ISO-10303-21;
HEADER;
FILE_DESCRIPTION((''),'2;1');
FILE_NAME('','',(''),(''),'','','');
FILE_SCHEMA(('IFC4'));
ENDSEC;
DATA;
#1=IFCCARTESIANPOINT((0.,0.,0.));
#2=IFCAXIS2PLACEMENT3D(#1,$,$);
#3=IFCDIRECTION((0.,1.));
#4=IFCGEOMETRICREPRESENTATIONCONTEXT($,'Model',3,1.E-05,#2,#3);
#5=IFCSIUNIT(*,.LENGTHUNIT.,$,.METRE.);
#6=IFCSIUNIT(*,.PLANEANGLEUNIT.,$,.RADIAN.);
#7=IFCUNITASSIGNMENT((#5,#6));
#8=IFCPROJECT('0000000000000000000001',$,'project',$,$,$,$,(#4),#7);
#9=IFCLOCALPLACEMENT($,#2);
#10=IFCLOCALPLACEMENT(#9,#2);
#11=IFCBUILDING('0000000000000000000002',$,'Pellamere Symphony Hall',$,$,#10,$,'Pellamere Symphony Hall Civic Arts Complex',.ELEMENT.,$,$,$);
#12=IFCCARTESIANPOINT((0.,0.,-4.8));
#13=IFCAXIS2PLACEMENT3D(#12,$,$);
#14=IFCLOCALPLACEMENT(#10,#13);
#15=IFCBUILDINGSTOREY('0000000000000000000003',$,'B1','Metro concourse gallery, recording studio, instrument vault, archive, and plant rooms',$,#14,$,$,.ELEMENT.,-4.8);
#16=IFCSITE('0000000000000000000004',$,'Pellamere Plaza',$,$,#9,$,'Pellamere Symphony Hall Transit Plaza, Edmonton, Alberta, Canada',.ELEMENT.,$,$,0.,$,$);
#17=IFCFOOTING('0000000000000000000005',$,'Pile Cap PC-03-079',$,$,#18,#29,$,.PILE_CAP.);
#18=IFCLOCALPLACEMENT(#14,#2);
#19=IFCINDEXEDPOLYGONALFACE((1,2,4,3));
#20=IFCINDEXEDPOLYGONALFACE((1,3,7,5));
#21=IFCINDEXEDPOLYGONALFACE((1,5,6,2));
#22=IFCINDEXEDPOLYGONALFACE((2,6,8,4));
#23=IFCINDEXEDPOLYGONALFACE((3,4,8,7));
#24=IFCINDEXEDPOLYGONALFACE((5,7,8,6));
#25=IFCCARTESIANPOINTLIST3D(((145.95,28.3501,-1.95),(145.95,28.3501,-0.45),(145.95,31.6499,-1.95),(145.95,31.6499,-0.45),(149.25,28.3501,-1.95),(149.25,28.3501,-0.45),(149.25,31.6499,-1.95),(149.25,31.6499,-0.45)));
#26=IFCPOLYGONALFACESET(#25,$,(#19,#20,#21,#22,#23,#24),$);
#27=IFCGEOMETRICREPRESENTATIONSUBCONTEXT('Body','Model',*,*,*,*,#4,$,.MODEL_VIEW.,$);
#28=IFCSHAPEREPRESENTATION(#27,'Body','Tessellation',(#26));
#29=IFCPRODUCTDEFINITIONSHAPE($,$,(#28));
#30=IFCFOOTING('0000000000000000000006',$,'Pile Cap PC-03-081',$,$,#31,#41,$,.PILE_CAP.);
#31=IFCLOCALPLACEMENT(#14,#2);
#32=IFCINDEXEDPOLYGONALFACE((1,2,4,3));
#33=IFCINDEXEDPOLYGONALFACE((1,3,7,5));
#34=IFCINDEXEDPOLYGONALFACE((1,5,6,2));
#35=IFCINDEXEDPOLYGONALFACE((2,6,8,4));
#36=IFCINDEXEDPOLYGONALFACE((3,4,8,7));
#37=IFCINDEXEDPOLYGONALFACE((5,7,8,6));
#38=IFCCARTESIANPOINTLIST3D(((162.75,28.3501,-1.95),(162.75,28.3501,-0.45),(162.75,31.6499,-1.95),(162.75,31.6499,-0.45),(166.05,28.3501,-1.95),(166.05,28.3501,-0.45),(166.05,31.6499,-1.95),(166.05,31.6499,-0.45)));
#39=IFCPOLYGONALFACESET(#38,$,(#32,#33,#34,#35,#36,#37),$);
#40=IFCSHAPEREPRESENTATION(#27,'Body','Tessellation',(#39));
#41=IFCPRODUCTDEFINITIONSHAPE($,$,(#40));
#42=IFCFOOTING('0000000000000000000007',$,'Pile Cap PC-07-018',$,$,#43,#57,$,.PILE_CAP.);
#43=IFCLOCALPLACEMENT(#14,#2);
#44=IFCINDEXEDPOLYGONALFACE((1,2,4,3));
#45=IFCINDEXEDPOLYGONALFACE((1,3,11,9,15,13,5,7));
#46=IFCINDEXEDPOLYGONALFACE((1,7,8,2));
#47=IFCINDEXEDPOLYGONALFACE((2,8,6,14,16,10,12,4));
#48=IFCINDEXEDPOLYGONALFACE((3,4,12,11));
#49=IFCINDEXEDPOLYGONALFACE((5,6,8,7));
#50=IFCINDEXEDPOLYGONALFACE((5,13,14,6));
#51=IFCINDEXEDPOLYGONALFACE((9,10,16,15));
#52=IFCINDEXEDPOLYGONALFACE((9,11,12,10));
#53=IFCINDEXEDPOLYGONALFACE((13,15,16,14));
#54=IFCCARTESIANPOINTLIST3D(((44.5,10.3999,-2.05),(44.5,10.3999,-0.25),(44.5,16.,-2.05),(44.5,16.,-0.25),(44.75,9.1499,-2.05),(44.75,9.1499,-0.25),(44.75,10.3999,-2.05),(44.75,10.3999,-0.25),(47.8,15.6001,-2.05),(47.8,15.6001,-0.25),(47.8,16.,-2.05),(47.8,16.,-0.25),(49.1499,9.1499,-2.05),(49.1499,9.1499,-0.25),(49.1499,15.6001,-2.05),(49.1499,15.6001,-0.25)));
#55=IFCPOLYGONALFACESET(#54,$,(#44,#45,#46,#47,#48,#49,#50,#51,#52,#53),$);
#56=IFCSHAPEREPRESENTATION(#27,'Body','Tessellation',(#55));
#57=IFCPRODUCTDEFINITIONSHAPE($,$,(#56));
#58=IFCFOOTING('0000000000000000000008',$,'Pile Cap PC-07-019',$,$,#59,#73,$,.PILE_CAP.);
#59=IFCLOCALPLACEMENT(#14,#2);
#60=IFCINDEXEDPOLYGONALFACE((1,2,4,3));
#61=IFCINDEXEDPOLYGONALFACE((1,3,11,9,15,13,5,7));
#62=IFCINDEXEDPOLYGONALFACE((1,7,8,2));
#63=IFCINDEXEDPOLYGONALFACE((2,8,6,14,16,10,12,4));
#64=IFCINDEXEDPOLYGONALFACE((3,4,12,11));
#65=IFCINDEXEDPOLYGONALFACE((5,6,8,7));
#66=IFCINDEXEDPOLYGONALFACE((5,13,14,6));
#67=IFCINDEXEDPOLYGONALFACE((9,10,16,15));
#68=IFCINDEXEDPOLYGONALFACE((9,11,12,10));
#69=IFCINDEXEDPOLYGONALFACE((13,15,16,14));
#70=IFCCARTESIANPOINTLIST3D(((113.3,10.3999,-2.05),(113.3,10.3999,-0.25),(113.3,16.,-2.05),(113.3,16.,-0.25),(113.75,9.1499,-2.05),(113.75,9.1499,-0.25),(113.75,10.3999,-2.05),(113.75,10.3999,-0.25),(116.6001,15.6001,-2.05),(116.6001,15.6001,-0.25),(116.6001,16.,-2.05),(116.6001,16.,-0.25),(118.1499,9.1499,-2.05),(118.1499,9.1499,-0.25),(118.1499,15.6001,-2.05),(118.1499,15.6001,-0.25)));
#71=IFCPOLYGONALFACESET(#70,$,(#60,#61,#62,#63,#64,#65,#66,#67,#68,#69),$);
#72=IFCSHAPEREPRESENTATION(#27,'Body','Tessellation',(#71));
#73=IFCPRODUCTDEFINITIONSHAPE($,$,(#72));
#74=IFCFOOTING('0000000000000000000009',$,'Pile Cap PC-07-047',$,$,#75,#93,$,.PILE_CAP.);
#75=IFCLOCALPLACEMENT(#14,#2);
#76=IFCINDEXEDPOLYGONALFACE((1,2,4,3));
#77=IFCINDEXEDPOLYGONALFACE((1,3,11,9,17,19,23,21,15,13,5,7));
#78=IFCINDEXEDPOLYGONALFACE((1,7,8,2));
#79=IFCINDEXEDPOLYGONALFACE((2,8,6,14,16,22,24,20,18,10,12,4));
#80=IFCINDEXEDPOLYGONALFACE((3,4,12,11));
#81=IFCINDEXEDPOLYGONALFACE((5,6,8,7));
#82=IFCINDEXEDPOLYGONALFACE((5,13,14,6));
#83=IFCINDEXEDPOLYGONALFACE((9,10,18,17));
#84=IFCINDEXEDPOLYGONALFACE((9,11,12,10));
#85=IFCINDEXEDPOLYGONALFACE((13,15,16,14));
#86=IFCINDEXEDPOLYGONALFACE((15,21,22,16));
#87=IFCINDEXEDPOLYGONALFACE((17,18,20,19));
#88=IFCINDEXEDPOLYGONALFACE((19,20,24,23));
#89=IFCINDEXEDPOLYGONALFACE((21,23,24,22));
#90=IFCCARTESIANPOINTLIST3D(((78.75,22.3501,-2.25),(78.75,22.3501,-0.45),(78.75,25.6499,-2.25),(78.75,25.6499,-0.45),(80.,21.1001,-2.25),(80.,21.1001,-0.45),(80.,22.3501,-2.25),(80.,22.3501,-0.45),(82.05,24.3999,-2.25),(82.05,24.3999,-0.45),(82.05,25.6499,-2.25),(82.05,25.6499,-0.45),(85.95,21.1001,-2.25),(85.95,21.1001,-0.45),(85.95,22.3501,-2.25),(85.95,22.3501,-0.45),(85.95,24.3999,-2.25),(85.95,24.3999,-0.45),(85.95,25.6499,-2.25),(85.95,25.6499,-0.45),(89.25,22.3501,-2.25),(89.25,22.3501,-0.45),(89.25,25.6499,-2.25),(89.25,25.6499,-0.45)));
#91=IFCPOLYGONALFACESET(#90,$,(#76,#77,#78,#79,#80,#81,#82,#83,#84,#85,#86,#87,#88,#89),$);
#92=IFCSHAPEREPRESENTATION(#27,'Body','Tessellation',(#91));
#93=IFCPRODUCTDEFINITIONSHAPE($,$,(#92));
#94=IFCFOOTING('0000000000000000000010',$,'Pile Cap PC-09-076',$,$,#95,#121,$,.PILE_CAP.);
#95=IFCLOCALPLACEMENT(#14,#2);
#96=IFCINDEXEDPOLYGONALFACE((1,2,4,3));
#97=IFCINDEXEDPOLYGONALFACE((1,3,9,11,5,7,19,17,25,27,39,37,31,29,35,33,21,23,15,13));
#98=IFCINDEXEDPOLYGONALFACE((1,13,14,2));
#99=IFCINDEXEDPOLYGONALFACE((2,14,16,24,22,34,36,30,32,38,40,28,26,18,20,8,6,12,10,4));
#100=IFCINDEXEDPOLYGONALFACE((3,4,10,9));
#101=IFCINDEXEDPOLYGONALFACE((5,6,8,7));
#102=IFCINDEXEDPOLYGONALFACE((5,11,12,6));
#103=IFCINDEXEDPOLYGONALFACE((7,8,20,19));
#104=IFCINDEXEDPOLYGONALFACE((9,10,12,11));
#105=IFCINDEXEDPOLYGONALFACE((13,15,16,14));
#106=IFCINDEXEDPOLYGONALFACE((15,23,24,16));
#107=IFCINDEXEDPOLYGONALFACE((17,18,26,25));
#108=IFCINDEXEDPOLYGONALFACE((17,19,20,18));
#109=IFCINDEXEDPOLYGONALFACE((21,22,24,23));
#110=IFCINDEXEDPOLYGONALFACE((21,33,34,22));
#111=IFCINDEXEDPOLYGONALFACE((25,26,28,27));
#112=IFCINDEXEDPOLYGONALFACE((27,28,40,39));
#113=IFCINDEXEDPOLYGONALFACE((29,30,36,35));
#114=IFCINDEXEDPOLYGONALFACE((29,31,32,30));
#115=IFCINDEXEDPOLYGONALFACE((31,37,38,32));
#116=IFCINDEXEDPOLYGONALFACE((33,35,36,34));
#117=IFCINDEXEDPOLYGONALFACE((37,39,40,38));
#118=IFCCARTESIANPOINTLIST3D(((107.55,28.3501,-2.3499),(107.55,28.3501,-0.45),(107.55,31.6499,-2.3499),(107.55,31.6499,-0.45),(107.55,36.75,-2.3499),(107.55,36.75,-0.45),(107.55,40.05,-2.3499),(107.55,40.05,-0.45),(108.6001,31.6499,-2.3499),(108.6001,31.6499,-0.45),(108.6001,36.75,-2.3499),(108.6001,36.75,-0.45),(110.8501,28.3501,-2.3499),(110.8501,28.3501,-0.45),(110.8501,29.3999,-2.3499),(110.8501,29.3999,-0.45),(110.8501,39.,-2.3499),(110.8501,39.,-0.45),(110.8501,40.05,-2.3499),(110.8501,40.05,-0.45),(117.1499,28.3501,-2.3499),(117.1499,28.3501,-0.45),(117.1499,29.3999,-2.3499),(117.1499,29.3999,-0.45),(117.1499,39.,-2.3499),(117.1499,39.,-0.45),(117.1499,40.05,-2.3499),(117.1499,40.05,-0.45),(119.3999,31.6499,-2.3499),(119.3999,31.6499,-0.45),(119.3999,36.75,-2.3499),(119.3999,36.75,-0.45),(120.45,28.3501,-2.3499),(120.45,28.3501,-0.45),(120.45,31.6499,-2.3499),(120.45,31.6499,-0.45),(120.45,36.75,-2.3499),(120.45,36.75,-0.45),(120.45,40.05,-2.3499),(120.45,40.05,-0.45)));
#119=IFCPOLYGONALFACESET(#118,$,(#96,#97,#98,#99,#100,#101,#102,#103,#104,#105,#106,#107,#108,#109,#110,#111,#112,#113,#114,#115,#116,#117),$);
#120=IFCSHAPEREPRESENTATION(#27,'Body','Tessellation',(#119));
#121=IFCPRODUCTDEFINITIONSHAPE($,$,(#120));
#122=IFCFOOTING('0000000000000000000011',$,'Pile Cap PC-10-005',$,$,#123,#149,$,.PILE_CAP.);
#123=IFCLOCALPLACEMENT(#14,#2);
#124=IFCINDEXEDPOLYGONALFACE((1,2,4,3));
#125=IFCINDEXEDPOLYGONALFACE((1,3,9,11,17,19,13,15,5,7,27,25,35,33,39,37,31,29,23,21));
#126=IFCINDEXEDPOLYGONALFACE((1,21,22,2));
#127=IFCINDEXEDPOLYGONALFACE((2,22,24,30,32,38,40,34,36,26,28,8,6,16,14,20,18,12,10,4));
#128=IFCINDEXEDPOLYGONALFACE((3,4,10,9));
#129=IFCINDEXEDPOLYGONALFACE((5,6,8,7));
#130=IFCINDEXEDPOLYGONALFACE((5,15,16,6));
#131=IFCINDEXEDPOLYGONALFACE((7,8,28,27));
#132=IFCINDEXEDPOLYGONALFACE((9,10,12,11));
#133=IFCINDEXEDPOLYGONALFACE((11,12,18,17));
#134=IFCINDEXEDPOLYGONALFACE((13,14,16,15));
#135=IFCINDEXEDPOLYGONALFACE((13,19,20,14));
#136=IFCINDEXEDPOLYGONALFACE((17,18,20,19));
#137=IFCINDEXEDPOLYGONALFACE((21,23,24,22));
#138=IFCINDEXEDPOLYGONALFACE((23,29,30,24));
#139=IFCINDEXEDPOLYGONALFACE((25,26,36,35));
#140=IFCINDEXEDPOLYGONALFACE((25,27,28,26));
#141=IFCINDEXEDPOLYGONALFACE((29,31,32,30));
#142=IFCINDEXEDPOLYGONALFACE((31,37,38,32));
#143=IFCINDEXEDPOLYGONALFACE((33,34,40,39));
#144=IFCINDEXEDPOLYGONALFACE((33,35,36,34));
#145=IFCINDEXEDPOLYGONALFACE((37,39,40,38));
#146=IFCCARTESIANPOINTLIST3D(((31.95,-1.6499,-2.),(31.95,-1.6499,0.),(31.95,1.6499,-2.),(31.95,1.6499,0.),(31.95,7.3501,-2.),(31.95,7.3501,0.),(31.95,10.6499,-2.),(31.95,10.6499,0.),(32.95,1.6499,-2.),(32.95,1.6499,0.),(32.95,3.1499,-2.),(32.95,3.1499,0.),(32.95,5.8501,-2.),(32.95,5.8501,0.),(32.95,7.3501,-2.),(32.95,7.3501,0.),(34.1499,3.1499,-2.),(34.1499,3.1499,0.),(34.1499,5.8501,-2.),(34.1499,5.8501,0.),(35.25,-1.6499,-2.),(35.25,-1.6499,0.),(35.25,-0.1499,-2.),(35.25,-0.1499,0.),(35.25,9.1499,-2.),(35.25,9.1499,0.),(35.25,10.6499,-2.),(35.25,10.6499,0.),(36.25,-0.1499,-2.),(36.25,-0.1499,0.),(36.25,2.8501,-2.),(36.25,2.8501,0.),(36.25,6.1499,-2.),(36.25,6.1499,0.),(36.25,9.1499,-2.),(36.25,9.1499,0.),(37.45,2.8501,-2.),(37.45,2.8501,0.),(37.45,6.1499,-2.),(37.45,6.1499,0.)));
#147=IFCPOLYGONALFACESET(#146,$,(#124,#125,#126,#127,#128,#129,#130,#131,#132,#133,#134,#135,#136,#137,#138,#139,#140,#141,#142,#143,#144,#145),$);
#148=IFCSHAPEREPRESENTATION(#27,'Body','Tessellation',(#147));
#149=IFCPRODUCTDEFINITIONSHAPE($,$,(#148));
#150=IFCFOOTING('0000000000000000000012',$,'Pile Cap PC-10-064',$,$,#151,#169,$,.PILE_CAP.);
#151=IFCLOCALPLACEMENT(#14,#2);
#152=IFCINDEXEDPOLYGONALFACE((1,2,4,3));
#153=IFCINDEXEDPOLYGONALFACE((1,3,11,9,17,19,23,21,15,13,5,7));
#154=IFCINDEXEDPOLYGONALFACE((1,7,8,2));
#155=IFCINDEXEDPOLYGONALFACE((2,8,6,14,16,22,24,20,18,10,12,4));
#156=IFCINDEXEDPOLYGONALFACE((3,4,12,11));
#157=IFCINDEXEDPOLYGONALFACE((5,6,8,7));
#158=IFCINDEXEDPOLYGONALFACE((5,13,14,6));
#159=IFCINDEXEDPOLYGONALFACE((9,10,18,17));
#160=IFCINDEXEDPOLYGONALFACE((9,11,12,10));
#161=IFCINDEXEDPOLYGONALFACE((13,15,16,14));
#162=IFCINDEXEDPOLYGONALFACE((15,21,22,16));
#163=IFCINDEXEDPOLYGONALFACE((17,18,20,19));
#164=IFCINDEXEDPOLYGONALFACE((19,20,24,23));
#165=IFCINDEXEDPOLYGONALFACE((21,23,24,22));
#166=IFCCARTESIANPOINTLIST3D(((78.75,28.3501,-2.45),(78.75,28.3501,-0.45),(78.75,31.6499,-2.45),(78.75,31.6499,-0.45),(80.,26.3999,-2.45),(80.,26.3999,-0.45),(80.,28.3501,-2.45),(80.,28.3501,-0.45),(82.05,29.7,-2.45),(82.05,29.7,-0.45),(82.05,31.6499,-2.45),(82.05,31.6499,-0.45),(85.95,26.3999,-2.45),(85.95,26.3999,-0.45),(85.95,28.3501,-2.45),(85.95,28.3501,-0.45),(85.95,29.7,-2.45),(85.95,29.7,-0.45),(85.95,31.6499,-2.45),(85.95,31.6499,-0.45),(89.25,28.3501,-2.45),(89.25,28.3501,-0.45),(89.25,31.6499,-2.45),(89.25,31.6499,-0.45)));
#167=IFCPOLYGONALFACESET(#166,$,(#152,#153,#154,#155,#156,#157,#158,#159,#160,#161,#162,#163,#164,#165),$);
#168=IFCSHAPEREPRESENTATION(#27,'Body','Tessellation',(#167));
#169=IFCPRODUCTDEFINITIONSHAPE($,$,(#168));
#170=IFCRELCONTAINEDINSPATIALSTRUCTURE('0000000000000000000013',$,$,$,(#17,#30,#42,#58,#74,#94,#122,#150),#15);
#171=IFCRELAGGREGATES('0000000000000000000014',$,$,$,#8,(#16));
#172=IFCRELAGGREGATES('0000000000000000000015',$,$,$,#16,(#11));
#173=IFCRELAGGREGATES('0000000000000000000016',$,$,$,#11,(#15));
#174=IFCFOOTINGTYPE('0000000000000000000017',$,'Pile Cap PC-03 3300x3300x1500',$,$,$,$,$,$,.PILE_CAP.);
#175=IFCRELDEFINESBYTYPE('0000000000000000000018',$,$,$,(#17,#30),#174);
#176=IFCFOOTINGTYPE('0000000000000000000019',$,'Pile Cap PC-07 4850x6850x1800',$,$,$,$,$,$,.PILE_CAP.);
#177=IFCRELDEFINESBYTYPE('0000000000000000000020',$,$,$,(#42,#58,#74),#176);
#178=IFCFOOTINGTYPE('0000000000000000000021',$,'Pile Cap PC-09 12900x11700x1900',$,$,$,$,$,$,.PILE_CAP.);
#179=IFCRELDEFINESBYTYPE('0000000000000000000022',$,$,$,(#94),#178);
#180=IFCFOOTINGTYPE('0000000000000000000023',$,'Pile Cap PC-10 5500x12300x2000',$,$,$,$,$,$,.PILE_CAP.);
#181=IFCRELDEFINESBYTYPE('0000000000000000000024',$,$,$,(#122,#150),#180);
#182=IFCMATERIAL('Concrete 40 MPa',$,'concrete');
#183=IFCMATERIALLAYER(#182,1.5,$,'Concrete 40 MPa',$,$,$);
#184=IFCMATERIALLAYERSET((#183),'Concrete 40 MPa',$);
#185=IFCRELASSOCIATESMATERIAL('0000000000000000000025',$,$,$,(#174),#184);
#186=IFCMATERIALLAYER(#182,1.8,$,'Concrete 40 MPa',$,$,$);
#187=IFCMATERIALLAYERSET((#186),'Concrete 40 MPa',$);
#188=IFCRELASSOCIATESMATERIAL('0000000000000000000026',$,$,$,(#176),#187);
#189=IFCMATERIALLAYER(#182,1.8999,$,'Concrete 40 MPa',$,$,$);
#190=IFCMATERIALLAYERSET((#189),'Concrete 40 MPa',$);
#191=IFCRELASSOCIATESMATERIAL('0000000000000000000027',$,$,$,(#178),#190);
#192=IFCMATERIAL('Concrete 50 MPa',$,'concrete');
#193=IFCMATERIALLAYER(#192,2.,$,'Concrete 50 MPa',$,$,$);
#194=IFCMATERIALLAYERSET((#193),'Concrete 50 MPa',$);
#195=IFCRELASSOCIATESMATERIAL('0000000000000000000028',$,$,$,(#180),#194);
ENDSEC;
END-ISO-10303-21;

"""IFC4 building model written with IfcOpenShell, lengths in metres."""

from ifc_helpers import new_model, si_unit, direction, frame, origin, place, context, subcontext, project, spatial, polyline, outline, extrude, material, layer, layer_set, type_object, element, save


model = new_model("IFC4")

# Units and contexts
model_context = context("Model", 3, precision=1e-05, world=origin(), true_north=direction((0.0, 1.0)))
body_context = subcontext(model_context, "Body", "Model", "MODEL_VIEW")
ifc_project = project(units=[si_unit("LENGTHUNIT", "METRE"), si_unit("PLANEANGLEUNIT", "RADIAN")], contexts=[model_context])

# Site, building, storey
site_placement = place(None, origin())
site = spatial("IfcSite", under=ifc_project, at=site_placement, Name="Pellamere Plaza", LongName="Pellamere Symphony Hall Transit Plaza, Edmonton, Alberta, Canada", CompositionType="ELEMENT", RefElevation=0.0)
building_placement = place(site_placement, origin())
building = spatial("IfcBuilding", under=site, at=building_placement, Name="Pellamere Symphony Hall", LongName="Pellamere Symphony Hall Civic Arts Complex", CompositionType="ELEMENT")
storey_placement = place(building_placement, frame((0.0, 0.0, -4.8)))
storey = spatial("IfcBuildingStorey", under=building, at=storey_placement, Name="B1", Description="Metro concourse gallery, recording studio, instrument vault, archive, and plant rooms", CompositionType="ELEMENT", Elevation=-4.8)

# Footings
ifc_material_1 = material(Name="Concrete 40 MPa", Category="concrete")
ifc_layer_1 = layer(ifc_material_1, 1.5, Name="Concrete 40 MPa")
ifc_layer_set_1 = layer_set([ifc_layer_1], Name="Concrete 40 MPa")
footing_type_1 = type_object("IfcFootingType", Name="Pile Cap PC-03 3300x3300x1500", PredefinedType="PILE_CAP", material=ifc_layer_set_1)
footing_1_placement = place(storey_placement, frame((0.0, 0.0, -1.95)))
element("IfcFooting", 1, at=footing_1_placement, inside=storey, type_object=footing_type_1, Name="Pile Cap PC-03-079", PredefinedType="PILE_CAP", context=body_context, shape_type="SweptSolid", body=[
    extrude(outline(polyline([(145.95, 28.3501), (145.95, 31.6499), (149.25, 31.6499), (149.25, 28.3501), (145.95, 28.3501)])), origin(), (0.0, 0.0, 1.0), 1.5),
])
footing_2_placement = place(storey_placement, frame((0.0, 0.0, -1.95)))
element("IfcFooting", 2, at=footing_2_placement, inside=storey, type_object=footing_type_1, Name="Pile Cap PC-03-081", PredefinedType="PILE_CAP", context=body_context, shape_type="SweptSolid", body=[
    extrude(outline(polyline([(162.75, 28.3501), (162.75, 31.6499), (166.05, 31.6499), (166.05, 28.3501), (162.75, 28.3501)])), origin(), (0.0, 0.0, 1.0), 1.5),
])
ifc_layer_2 = layer(ifc_material_1, 1.8, Name="Concrete 40 MPa")
ifc_layer_set_2 = layer_set([ifc_layer_2], Name="Concrete 40 MPa")
footing_type_2 = type_object("IfcFootingType", Name="Pile Cap PC-07 4850x6850x1800", PredefinedType="PILE_CAP", material=ifc_layer_set_2)
footing_3_placement = place(storey_placement, frame((0.0, 0.0, -2.05)))
element("IfcFooting", 3, at=footing_3_placement, inside=storey, type_object=footing_type_2, Name="Pile Cap PC-07-018", PredefinedType="PILE_CAP", context=body_context, shape_type="SweptSolid", body=[
    extrude(outline(polyline([(44.5, 16.0), (47.8, 16.0), (47.8, 15.6001), (49.1499, 15.6001), (49.1499, 9.1499), (44.75, 9.1499), (44.75, 10.3999), (44.5, 10.3999), (44.5, 16.0)])), origin(), (0.0, 0.0, 1.0), 1.8),
])
footing_4_placement = place(storey_placement, frame((0.0, 0.0, -2.05)))
element("IfcFooting", 4, at=footing_4_placement, inside=storey, type_object=footing_type_2, Name="Pile Cap PC-07-019", PredefinedType="PILE_CAP", context=body_context, shape_type="SweptSolid", body=[
    extrude(outline(polyline([(113.3, 10.3999), (113.3, 16.0), (116.6001, 16.0), (116.6001, 15.6001), (118.1499, 15.6001), (118.1499, 9.1499), (113.75, 9.1499), (113.75, 10.3999), (113.3, 10.3999)])), origin(), (0.0, 0.0, 1.0), 1.8),
])
footing_5_placement = place(storey_placement, frame((0.0, 0.0, -2.25)))
element("IfcFooting", 5, at=footing_5_placement, inside=storey, type_object=footing_type_2, Name="Pile Cap PC-07-047", PredefinedType="PILE_CAP", context=body_context, shape_type="SweptSolid", body=[
    extrude(outline(polyline([(85.95, 21.1001), (80.0, 21.1001), (80.0, 22.3501), (78.75, 22.3501), (78.75, 25.6499), (82.05, 25.6499), (82.05, 24.3999), (85.95, 24.3999), (85.95, 25.6499), (89.25, 25.6499), (89.25, 22.3501), (85.95, 22.3501), (85.95, 21.1001)])), origin(), (0.0, 0.0, 1.0), 1.8),
])
ifc_layer_3 = layer(ifc_material_1, 1.8999, Name="Concrete 40 MPa")
ifc_layer_set_3 = layer_set([ifc_layer_3], Name="Concrete 40 MPa")
footing_type_3 = type_object("IfcFootingType", Name="Pile Cap PC-09 12900x11700x1900", PredefinedType="PILE_CAP", material=ifc_layer_set_3)
footing_6_placement = place(storey_placement, frame((0.0, 0.0, -2.3499)))
element("IfcFooting", 6, at=footing_6_placement, inside=storey, type_object=footing_type_3, Name="Pile Cap PC-09-076", PredefinedType="PILE_CAP", context=body_context, shape_type="SweptSolid", body=[
    extrude(outline(polyline([(107.55, 36.75), (107.55, 40.05), (110.8501, 40.05), (110.8501, 39.0), (117.1499, 39.0), (117.1499, 40.05), (120.45, 40.05), (120.45, 36.75), (119.3999, 36.75), (119.3999, 31.6499), (120.45, 31.6499), (120.45, 28.3501), (117.1499, 28.3501), (117.1499, 29.3999), (110.8501, 29.3999), (110.8501, 28.3501), (107.55, 28.3501), (107.55, 31.6499), (108.6001, 31.6499), (108.6001, 36.75), (107.55, 36.75)])), origin(), (0.0, 0.0, 1.0), 1.8999),
])
ifc_material_2 = material(Name="Concrete 50 MPa", Category="concrete")
ifc_layer_4 = layer(ifc_material_2, 2.0, Name="Concrete 50 MPa")
ifc_layer_set_4 = layer_set([ifc_layer_4], Name="Concrete 50 MPa")
footing_type_4 = type_object("IfcFootingType", Name="Pile Cap PC-10 5500x12300x2000", PredefinedType="PILE_CAP", material=ifc_layer_set_4)
footing_7_placement = place(storey_placement, frame((0.0, 0.0, -2.0)))
element("IfcFooting", 7, at=footing_7_placement, inside=storey, type_object=footing_type_4, Name="Pile Cap PC-10-005", PredefinedType="PILE_CAP", context=body_context, shape_type="SweptSolid", body=[
    extrude(outline(polyline([(32.95, 3.1499), (34.1499, 3.1499), (34.1499, 5.8501), (32.95, 5.8501), (32.95, 7.3501), (31.95, 7.3501), (31.95, 10.6499), (35.25, 10.6499), (35.25, 9.1499), (36.25, 9.1499), (36.25, 6.1499), (37.45, 6.1499), (37.45, 2.8501), (36.25, 2.8501), (36.25, -0.1499), (35.25, -0.1499), (35.25, -1.6499), (31.95, -1.6499), (31.95, 1.6499), (32.95, 1.6499), (32.95, 3.1499)])), origin(), (0.0, 0.0, 1.0), 2.0),
])
footing_8_placement = place(storey_placement, frame((0.0, 0.0, -2.45)))
element("IfcFooting", 8, at=footing_8_placement, inside=storey, type_object=footing_type_4, Name="Pile Cap PC-10-064", PredefinedType="PILE_CAP", context=body_context, shape_type="SweptSolid", body=[
    extrude(outline(polyline([(85.95, 29.7), (85.95, 31.6499), (89.25, 31.6499), (89.25, 28.3501), (85.95, 28.3501), (85.95, 26.3999), (80.0, 26.3999), (80.0, 28.3501), (78.75, 28.3501), (78.75, 31.6499), (82.05, 31.6499), (82.05, 29.7), (85.95, 29.7)])), origin(), (0.0, 0.0, 1.0), 2.0),
])

save(model, "model.ifc")
